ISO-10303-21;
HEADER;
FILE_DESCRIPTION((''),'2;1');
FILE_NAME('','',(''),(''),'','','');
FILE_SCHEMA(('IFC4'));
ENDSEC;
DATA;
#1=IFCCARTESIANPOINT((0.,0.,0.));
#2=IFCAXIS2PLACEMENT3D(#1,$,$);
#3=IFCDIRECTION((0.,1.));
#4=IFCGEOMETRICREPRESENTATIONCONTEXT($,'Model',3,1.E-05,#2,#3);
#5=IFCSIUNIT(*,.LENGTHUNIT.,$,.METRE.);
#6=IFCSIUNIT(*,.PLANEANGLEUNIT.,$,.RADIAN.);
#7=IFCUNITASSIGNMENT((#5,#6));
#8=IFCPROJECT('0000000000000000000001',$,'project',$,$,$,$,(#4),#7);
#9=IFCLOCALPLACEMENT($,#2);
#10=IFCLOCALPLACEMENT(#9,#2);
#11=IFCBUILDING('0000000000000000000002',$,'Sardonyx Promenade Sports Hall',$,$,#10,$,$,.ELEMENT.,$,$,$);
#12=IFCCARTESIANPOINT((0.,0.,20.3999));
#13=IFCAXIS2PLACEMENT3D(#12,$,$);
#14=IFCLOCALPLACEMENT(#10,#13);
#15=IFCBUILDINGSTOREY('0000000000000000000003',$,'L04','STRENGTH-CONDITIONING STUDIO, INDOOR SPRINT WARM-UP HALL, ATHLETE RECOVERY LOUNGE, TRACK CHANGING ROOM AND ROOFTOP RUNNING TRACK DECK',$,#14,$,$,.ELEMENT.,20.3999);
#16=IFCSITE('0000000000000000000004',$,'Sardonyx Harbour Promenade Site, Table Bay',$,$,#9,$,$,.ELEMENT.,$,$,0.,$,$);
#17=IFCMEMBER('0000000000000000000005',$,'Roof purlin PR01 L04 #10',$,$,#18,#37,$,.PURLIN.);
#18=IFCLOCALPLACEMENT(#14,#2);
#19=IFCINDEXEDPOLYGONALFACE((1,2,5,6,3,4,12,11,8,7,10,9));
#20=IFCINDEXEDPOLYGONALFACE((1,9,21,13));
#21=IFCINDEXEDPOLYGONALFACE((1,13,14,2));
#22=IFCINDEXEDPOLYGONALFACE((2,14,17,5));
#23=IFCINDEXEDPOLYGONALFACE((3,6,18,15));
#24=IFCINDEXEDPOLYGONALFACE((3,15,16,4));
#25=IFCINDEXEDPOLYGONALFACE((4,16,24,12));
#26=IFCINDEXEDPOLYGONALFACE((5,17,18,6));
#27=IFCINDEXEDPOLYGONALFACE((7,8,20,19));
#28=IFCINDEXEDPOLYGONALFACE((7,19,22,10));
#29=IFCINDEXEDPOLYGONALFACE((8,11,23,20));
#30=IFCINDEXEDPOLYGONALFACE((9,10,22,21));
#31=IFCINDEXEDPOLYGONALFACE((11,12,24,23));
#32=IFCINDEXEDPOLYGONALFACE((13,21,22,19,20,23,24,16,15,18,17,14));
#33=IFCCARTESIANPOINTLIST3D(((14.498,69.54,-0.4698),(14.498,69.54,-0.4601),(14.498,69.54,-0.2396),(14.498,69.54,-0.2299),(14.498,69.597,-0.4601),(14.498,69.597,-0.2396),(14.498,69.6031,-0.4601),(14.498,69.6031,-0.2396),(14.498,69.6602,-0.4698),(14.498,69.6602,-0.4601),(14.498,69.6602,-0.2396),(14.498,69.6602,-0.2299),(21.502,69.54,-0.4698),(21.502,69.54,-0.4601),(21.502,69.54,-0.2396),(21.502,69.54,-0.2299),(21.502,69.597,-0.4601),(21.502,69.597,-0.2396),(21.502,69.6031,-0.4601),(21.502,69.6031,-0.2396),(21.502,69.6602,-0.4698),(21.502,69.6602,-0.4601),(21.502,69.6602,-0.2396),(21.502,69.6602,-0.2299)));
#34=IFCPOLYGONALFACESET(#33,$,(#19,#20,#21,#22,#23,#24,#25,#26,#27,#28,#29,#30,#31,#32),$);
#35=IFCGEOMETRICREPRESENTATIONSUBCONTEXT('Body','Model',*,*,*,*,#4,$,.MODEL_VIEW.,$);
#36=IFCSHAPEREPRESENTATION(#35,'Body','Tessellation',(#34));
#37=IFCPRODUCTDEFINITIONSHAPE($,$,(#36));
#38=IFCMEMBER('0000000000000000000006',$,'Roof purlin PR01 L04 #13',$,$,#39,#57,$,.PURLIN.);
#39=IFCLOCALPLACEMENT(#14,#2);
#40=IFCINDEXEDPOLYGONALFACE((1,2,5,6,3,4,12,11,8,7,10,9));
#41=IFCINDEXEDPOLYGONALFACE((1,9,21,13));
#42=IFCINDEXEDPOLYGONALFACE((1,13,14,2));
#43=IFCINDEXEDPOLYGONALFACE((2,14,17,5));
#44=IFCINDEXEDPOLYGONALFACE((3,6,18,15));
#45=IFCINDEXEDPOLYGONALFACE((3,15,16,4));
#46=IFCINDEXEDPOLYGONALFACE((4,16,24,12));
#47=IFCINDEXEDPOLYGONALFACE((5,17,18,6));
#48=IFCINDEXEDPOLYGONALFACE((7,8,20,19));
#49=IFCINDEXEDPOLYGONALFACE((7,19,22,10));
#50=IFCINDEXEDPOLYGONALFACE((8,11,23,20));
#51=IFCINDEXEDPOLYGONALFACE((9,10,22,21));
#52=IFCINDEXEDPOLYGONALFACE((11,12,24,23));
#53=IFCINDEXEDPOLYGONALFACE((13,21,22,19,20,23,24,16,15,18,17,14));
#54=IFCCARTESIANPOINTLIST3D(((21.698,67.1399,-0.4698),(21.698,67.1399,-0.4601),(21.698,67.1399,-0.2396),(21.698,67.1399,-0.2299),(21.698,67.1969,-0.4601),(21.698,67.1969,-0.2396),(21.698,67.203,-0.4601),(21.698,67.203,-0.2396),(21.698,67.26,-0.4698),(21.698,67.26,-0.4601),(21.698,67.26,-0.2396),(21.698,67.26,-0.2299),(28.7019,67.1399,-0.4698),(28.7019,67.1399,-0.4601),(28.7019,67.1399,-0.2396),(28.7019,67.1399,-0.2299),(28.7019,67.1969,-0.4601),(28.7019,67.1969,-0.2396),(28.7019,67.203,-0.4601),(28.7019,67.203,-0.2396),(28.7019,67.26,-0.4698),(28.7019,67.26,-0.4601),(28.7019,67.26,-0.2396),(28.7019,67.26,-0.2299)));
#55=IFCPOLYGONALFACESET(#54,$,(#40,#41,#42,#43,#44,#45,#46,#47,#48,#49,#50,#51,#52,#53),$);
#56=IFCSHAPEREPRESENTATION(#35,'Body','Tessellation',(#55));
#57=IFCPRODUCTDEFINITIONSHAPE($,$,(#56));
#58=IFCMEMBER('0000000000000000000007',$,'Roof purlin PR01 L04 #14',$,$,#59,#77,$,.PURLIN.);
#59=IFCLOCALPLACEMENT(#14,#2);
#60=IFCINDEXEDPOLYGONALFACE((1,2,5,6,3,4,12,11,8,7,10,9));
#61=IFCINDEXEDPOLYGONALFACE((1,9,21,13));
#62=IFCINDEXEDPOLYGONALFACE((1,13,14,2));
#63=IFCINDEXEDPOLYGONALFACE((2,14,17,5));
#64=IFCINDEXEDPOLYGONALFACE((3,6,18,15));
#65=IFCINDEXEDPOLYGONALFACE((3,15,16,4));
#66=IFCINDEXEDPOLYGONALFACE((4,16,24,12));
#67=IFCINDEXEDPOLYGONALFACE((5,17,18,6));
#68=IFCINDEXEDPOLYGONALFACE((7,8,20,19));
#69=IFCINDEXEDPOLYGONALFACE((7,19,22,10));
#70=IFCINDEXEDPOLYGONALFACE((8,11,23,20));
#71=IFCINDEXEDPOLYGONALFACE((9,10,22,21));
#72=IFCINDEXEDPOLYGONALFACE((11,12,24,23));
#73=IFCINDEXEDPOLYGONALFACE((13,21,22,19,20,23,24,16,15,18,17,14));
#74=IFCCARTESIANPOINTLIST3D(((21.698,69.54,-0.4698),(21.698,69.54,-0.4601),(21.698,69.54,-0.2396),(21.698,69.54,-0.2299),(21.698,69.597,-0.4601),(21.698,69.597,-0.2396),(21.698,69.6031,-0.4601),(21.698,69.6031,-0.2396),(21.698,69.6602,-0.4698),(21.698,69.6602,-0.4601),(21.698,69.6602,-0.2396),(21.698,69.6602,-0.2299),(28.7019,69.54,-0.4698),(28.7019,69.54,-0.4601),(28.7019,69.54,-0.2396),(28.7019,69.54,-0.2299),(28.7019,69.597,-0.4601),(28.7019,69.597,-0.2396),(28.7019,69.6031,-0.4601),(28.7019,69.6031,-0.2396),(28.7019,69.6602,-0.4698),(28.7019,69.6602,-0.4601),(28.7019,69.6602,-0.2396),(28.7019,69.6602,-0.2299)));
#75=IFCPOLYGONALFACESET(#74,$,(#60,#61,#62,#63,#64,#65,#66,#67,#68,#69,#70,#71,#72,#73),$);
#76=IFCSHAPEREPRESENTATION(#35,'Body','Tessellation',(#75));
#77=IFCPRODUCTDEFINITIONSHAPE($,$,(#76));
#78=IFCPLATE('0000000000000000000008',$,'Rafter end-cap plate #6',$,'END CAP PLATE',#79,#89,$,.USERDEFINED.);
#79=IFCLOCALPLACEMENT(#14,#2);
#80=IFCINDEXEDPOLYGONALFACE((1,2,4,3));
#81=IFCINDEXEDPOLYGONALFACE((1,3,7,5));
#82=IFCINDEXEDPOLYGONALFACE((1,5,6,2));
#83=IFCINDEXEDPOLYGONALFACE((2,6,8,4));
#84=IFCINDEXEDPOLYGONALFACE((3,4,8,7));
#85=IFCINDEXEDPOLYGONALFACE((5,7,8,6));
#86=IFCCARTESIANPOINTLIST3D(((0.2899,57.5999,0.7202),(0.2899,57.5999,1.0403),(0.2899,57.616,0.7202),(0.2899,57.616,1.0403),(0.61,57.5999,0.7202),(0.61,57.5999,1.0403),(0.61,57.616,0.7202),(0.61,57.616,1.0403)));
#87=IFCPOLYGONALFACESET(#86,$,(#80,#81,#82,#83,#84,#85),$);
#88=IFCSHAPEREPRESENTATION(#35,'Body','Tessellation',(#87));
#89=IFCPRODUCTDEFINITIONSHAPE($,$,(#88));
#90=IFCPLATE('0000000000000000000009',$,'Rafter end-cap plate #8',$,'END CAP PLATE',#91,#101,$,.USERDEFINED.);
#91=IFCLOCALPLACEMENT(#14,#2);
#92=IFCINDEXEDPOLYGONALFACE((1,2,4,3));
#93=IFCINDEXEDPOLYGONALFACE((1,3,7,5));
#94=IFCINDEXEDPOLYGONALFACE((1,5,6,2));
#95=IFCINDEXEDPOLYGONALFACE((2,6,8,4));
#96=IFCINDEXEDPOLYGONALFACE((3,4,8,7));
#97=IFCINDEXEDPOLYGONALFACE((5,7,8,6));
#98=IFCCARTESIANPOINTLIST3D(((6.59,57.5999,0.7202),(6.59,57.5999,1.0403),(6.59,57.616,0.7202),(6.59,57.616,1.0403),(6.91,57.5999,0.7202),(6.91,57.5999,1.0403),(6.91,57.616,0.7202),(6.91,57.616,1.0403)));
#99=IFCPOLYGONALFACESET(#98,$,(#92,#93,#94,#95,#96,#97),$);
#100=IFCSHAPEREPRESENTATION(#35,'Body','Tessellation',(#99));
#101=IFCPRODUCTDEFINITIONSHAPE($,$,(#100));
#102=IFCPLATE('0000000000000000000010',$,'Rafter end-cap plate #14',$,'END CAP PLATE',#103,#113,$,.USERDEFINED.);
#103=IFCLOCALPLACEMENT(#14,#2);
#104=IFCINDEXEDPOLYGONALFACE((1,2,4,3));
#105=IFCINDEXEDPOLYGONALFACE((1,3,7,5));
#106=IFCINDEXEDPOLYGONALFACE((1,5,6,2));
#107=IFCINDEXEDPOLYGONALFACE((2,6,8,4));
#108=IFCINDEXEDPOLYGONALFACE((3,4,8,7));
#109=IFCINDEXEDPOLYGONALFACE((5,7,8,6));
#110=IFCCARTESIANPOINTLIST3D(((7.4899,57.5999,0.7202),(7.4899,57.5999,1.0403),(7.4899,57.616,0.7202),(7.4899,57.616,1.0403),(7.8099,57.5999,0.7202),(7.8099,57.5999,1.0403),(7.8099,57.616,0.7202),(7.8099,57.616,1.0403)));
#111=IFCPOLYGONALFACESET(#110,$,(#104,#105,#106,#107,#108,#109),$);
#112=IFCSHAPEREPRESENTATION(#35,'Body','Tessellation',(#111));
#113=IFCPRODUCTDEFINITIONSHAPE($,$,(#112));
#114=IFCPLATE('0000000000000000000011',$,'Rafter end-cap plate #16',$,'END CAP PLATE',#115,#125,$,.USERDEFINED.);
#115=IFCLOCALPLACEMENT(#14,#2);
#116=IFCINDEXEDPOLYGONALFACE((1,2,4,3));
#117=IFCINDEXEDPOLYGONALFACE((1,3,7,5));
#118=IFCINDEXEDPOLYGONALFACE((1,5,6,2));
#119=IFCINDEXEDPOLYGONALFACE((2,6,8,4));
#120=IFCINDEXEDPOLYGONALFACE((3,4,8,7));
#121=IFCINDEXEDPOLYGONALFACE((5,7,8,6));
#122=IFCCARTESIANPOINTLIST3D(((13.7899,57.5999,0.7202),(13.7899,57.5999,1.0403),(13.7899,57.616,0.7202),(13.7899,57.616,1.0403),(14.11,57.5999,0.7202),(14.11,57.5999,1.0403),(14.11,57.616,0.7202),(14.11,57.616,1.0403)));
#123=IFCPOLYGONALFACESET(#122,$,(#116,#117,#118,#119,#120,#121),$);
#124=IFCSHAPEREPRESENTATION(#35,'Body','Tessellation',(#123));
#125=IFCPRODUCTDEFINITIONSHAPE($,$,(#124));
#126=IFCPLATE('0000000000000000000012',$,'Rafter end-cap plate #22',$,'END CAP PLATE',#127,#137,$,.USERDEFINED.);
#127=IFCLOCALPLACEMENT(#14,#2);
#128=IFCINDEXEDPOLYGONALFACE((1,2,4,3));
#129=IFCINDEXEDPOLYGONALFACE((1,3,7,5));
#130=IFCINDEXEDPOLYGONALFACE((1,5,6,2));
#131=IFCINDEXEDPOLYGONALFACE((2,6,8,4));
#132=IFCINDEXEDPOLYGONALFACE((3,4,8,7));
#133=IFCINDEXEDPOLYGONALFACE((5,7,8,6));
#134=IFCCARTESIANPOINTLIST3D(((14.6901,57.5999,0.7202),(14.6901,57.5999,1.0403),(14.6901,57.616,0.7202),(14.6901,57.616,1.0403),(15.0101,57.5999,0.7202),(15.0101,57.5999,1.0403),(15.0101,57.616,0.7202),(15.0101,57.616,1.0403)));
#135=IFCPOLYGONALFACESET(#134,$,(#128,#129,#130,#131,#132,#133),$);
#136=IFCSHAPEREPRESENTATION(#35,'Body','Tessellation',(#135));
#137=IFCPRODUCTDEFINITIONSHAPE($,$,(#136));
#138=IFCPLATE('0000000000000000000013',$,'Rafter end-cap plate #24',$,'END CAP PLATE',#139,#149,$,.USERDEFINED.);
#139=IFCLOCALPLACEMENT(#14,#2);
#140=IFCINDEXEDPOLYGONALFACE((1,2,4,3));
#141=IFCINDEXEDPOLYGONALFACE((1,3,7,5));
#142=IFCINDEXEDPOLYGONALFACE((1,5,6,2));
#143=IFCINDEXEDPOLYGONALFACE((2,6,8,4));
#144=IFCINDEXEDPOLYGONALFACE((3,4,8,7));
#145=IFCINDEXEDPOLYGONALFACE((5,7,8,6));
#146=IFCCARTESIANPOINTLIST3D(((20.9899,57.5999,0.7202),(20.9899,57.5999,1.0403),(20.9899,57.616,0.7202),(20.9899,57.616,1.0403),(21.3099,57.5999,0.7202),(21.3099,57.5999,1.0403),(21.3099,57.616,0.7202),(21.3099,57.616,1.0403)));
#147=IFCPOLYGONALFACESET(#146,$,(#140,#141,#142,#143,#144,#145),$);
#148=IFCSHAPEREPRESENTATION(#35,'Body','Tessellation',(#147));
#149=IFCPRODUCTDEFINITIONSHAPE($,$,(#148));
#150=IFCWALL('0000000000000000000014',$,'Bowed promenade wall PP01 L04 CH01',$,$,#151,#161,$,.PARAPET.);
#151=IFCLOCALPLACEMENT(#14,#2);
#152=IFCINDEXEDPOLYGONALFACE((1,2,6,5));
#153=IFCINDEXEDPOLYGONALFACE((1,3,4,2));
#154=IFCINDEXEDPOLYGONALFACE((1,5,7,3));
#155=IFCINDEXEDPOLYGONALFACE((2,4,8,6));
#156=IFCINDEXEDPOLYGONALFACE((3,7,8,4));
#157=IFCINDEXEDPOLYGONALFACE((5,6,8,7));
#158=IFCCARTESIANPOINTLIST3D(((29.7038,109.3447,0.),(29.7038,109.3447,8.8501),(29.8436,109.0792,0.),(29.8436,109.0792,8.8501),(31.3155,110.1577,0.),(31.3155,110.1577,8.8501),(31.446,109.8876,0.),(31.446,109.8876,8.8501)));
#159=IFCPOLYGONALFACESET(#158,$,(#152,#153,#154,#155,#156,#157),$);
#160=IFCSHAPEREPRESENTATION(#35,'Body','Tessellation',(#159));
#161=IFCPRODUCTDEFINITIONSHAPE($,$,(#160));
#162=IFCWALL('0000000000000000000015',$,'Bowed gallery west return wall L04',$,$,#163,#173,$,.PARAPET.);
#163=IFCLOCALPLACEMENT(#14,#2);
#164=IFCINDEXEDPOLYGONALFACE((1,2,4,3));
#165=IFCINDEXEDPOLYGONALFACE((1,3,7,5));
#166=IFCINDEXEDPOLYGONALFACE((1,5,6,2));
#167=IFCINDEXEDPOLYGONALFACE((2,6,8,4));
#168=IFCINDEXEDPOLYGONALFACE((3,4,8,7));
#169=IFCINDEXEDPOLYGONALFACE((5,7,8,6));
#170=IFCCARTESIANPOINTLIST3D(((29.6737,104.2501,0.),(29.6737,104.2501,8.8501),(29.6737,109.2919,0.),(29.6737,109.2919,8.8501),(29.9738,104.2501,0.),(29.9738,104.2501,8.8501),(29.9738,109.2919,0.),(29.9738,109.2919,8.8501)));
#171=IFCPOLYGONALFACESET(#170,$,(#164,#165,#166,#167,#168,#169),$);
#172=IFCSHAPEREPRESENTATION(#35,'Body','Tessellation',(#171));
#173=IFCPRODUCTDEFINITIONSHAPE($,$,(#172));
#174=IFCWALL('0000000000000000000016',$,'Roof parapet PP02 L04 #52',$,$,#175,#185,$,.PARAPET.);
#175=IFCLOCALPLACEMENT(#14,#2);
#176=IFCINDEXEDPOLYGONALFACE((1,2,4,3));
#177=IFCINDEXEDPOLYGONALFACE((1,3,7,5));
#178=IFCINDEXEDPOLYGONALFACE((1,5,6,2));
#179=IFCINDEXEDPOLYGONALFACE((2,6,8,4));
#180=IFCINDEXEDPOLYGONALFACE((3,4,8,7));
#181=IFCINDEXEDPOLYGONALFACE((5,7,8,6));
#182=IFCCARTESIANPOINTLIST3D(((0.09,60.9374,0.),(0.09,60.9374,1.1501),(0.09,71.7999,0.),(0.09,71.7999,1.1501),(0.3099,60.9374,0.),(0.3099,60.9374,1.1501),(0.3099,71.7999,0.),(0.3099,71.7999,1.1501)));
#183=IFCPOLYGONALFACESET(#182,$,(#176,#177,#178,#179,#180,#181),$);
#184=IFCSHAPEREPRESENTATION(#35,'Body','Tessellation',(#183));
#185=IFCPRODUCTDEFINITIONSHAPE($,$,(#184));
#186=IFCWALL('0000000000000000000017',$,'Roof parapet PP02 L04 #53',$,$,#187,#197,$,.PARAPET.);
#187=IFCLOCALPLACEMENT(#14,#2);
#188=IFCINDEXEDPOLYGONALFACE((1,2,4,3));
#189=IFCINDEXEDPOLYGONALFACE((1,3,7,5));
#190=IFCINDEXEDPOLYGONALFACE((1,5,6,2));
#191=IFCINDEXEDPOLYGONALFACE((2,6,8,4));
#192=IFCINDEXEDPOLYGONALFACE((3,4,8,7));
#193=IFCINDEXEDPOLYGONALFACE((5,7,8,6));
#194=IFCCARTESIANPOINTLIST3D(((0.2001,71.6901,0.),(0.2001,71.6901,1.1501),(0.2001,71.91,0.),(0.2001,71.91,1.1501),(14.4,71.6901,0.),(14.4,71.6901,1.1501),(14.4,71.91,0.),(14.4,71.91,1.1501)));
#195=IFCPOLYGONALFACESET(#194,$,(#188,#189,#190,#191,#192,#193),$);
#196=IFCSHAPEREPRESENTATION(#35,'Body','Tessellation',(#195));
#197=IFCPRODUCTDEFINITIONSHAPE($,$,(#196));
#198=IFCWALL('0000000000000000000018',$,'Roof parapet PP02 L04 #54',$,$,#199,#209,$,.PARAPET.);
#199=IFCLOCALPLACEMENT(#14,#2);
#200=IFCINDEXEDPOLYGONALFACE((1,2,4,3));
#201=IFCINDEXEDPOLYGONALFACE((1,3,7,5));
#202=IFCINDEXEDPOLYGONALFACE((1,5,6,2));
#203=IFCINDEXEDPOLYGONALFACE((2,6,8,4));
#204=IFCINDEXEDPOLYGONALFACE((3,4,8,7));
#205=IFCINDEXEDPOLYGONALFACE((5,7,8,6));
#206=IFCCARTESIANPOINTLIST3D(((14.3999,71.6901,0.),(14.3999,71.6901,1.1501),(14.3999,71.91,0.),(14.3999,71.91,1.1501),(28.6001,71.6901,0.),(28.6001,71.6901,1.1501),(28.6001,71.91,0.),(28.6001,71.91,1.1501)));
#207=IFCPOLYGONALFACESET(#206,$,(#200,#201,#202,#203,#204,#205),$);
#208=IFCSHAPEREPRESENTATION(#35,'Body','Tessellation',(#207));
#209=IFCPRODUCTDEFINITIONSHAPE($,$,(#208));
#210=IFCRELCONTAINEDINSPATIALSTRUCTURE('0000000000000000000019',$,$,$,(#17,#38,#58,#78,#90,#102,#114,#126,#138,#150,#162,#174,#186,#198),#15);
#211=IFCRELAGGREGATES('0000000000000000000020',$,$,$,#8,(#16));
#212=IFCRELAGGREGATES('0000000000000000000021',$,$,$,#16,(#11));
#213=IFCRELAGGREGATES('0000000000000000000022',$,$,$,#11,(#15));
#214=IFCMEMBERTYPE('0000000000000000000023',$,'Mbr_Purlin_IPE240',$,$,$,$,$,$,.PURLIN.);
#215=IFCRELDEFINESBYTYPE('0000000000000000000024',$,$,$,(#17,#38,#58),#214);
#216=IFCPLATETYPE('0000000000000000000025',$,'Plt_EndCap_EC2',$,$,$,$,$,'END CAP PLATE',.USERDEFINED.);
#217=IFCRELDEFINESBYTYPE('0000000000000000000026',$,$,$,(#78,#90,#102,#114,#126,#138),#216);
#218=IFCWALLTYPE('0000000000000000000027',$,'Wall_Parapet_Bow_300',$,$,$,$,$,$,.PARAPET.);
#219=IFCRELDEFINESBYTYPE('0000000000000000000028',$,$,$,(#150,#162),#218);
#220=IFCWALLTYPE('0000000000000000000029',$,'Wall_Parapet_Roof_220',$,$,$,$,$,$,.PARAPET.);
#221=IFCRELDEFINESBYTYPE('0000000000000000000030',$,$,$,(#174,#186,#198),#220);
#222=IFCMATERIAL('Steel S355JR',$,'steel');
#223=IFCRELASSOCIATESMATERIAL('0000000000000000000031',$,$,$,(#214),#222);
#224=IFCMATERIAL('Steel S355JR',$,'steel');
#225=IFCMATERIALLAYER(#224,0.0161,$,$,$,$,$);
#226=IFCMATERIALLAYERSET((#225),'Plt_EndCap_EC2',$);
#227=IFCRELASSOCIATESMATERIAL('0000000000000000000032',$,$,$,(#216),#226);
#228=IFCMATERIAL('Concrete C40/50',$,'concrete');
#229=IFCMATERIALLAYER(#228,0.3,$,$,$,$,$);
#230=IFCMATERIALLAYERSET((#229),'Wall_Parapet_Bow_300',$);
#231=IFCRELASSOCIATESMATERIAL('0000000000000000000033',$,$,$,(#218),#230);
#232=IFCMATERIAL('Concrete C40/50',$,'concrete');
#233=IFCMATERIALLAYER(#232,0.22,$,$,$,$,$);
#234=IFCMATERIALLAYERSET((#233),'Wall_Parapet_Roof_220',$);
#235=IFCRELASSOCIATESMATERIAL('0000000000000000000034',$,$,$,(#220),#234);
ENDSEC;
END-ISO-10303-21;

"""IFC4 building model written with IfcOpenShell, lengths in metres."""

from ifc_helpers import new_model, si_unit, direction, frame, frame_2d, origin, origin_2d, place, context, subcontext, project, spatial, polyline, rectangle, i_section, outline, extrude, material, layer, layer_set, material_profile, profile_set, type_object, element, save


model = new_model("IFC4")

# Units and contexts
model_context = context("Model", 3, precision=1e-05, world=origin(), true_north=direction((0.0, 1.0)))
body_context = subcontext(model_context, "Body", "Model", "MODEL_VIEW")
ifc_project = project(units=[si_unit("LENGTHUNIT", "METRE"), si_unit("PLANEANGLEUNIT", "RADIAN")], contexts=[model_context])

# Site, building, storey
site_placement = place(None, origin())
site = spatial("IfcSite", under=ifc_project, at=site_placement, Name="Sardonyx Harbour Promenade Site, Table Bay", CompositionType="ELEMENT", RefElevation=0.0)
building_placement = place(site_placement, origin())
building = spatial("IfcBuilding", under=site, at=building_placement, Name="Sardonyx Promenade Sports Hall", CompositionType="ELEMENT")
storey_placement = place(building_placement, frame((0.0, 0.0, 20.3999)))
storey = spatial("IfcBuildingStorey", under=building, at=storey_placement, Name="L04", Description="STRENGTH-CONDITIONING STUDIO, INDOOR SPRINT WARM-UP HALL, ATHLETE RECOVERY LOUNGE, TRACK CHANGING ROOM AND ROOFTOP RUNNING TRACK DECK", CompositionType="ELEMENT", Elevation=20.3999)

# Members
ifc_material_1 = material(Name="Steel S355JR", Category="steel")
ifc_material_profile_1 = material_profile(ifc_material_1, i_section(OverallWidth=0.1201, OverallDepth=0.24, WebThickness=0.0061, FlangeThickness=0.0098, at=origin_2d()))
ifc_profile_set_1 = profile_set([ifc_material_profile_1], Name="Steel S355JR")
member_type = type_object("IfcMemberType", Name="Mbr_Purlin_IPE240", PredefinedType="PURLIN", material=ifc_profile_set_1)
for number, where, z_axis, x_axis, name in (
    (1, (14.498, 69.6001, -0.3499), (1.0, 0.0, 0.0), (0.0, 1.0, 0.0), "Roof purlin PR01 L04 #10"),
    (2, (21.698, 67.2, -0.3499), (1.0, 0.0, 0.0), (0.0, 1.0, 0.0), "Roof purlin PR01 L04 #13"),
    (3, (21.698, 69.6001, -0.3499), (1.0, 0.0, 0.0), (0.0, 1.0, 0.0), "Roof purlin PR01 L04 #14"),
):
    element("IfcMember", number, at=place(storey_placement, frame(where, z_axis=z_axis, x_axis=x_axis)), inside=storey, type_object=member_type, Name=name, PredefinedType="PURLIN", context=body_context, shape_type="SweptSolid", body=[
        extrude(i_section(OverallWidth=0.1201, OverallDepth=0.24, WebThickness=0.0061, FlangeThickness=0.0098, at=origin_2d()), origin(), (0.0, 0.0, 1.0), 7.0039),
    ])

# Plates
ifc_material_2 = material(Name="Steel S355JR", Category="steel")
ifc_layer_1 = layer(ifc_material_2, 0.0161)
ifc_layer_set_1 = layer_set([ifc_layer_1], Name="Plt_EndCap_EC2")
plate_type = type_object("IfcPlateType", Name="Plt_EndCap_EC2", ElementType="END CAP PLATE", PredefinedType="USERDEFINED", material=ifc_layer_set_1)
for number, where, z_axis, x_axis, name in (
    (4, (0.45, 57.6079, 0.7202), (0.0, 0.0, 1.0), (1.0, 0.0, 0.0), "Rafter end-cap plate #6"),
    (5, (6.75, 57.6079, 0.7202), (0.0, 0.0, 1.0), (1.0, 0.0, 0.0), "Rafter end-cap plate #8"),
    (6, (7.6499, 57.6079, 0.7202), (0.0, 0.0, 1.0), (1.0, 0.0, 0.0), "Rafter end-cap plate #14"),
    (7, (13.95, 57.6079, 0.7202), (0.0, 0.0, 1.0), (1.0, 0.0, 0.0), "Rafter end-cap plate #16"),
    (8, (14.8501, 57.6079, 0.7202), (0.0, 0.0, 1.0), (1.0, 0.0, 0.0), "Rafter end-cap plate #22"),
    (9, (21.1499, 57.6079, 0.7202), (0.0, 0.0, 1.0), (1.0, 0.0, 0.0), "Rafter end-cap plate #24"),
):
    element("IfcPlate", number, at=place(storey_placement, frame(where, z_axis=z_axis, x_axis=x_axis)), inside=storey, type_object=plate_type, Name=name, ObjectType="END CAP PLATE", PredefinedType="USERDEFINED", context=body_context, shape_type="SweptSolid", body=[
        extrude(rectangle(XDim=0.3201, YDim=0.0161, at=origin_2d()), origin(), (0.0, 0.0, 1.0), 0.3201),
    ])

# Walls
ifc_material_3 = material(Name="Concrete C40/50", Category="concrete")
ifc_layer_2 = layer(ifc_material_3, 0.3)
ifc_layer_set_2 = layer_set([ifc_layer_2], Name="Wall_Parapet_Bow_300")
wall_type_1 = type_object("IfcWallType", Name="Wall_Parapet_Bow_300", PredefinedType="PARAPET", material=ifc_layer_set_2)
wall_1_placement = place(storey_placement, frame((29.7737, 109.2119, 0.0), z_axis=(0.0, 0.0, 1.0), x_axis=(0.892821, 0.450411, 0.0)))
element("IfcWall", 10, at=wall_1_placement, inside=storey, type_object=wall_type_1, Name="Bowed promenade wall PP01 L04 CH01", PredefinedType="PARAPET", context=body_context, shape_type="SweptSolid", body=[
    extrude(outline(polyline([(0.0026, -0.15), (1.7974, -0.15), (1.8026, 0.15), (-0.0026, 0.15), (0.0026, -0.15)])), origin(), (0.0, 0.0, 1.0), 8.8501),
])
wall_2_placement = place(storey_placement, frame((29.8237, 104.25, 0.0), z_axis=(0.0, 0.0, 1.0), x_axis=(0.0, 1.0, 0.0)))
element("IfcWall", 11, at=wall_2_placement, inside=storey, type_object=wall_type_1, Name="Bowed gallery west return wall L04", PredefinedType="PARAPET", context=body_context, shape_type="SweptSolid", body=[
    extrude(rectangle(XDim=5.0417, YDim=0.3, at=frame_2d((2.521, 0.0))), origin(), (0.0, 0.0, 1.0), 8.8501),
])
ifc_material_4 = material(Name="Concrete C40/50", Category="concrete")
ifc_layer_3 = layer(ifc_material_4, 0.22)
ifc_layer_set_3 = layer_set([ifc_layer_3], Name="Wall_Parapet_Roof_220")
wall_type_2 = type_object("IfcWallType", Name="Wall_Parapet_Roof_220", PredefinedType="PARAPET", material=ifc_layer_set_3)
wall_3_placement = place(storey_placement, frame((0.2, 60.9375, 0.0), z_axis=(0.0, 0.0, 1.0), x_axis=(0.0, 1.0, 0.0)))
element("IfcWall", 12, at=wall_3_placement, inside=storey, type_object=wall_type_2, Name="Roof parapet PP02 L04 #52", PredefinedType="PARAPET", context=body_context, shape_type="SweptSolid", body=[
    extrude(rectangle(XDim=10.8625, YDim=0.22, at=frame_2d((5.4312, 0.0))), origin(), (0.0, 0.0, 1.0), 1.1501),
])
wall_4_placement = place(storey_placement, frame((0.2, 71.8, 0.0), z_axis=(0.0, 0.0, 1.0), x_axis=(1.0, 0.0, 0.0)))
element("IfcWall", 13, at=wall_4_placement, inside=storey, type_object=wall_type_2, Name="Roof parapet PP02 L04 #53", PredefinedType="PARAPET", context=body_context, shape_type="SweptSolid", body=[
    extrude(rectangle(XDim=14.2, YDim=0.22, at=frame_2d((7.1001, 0.0))), origin(), (0.0, 0.0, 1.0), 1.1501),
])
wall_5_placement = place(storey_placement, frame((14.3999, 71.8, 0.0), z_axis=(0.0, 0.0, 1.0), x_axis=(1.0, 0.0, 0.0)))
element("IfcWall", 14, at=wall_5_placement, inside=storey, type_object=wall_type_2, Name="Roof parapet PP02 L04 #54", PredefinedType="PARAPET", context=body_context, shape_type="SweptSolid", body=[
    extrude(rectangle(XDim=14.2002, YDim=0.22, at=frame_2d((7.1001, 0.0))), origin(), (0.0, 0.0, 1.0), 1.1501),
])

save(model, "model.ifc")
